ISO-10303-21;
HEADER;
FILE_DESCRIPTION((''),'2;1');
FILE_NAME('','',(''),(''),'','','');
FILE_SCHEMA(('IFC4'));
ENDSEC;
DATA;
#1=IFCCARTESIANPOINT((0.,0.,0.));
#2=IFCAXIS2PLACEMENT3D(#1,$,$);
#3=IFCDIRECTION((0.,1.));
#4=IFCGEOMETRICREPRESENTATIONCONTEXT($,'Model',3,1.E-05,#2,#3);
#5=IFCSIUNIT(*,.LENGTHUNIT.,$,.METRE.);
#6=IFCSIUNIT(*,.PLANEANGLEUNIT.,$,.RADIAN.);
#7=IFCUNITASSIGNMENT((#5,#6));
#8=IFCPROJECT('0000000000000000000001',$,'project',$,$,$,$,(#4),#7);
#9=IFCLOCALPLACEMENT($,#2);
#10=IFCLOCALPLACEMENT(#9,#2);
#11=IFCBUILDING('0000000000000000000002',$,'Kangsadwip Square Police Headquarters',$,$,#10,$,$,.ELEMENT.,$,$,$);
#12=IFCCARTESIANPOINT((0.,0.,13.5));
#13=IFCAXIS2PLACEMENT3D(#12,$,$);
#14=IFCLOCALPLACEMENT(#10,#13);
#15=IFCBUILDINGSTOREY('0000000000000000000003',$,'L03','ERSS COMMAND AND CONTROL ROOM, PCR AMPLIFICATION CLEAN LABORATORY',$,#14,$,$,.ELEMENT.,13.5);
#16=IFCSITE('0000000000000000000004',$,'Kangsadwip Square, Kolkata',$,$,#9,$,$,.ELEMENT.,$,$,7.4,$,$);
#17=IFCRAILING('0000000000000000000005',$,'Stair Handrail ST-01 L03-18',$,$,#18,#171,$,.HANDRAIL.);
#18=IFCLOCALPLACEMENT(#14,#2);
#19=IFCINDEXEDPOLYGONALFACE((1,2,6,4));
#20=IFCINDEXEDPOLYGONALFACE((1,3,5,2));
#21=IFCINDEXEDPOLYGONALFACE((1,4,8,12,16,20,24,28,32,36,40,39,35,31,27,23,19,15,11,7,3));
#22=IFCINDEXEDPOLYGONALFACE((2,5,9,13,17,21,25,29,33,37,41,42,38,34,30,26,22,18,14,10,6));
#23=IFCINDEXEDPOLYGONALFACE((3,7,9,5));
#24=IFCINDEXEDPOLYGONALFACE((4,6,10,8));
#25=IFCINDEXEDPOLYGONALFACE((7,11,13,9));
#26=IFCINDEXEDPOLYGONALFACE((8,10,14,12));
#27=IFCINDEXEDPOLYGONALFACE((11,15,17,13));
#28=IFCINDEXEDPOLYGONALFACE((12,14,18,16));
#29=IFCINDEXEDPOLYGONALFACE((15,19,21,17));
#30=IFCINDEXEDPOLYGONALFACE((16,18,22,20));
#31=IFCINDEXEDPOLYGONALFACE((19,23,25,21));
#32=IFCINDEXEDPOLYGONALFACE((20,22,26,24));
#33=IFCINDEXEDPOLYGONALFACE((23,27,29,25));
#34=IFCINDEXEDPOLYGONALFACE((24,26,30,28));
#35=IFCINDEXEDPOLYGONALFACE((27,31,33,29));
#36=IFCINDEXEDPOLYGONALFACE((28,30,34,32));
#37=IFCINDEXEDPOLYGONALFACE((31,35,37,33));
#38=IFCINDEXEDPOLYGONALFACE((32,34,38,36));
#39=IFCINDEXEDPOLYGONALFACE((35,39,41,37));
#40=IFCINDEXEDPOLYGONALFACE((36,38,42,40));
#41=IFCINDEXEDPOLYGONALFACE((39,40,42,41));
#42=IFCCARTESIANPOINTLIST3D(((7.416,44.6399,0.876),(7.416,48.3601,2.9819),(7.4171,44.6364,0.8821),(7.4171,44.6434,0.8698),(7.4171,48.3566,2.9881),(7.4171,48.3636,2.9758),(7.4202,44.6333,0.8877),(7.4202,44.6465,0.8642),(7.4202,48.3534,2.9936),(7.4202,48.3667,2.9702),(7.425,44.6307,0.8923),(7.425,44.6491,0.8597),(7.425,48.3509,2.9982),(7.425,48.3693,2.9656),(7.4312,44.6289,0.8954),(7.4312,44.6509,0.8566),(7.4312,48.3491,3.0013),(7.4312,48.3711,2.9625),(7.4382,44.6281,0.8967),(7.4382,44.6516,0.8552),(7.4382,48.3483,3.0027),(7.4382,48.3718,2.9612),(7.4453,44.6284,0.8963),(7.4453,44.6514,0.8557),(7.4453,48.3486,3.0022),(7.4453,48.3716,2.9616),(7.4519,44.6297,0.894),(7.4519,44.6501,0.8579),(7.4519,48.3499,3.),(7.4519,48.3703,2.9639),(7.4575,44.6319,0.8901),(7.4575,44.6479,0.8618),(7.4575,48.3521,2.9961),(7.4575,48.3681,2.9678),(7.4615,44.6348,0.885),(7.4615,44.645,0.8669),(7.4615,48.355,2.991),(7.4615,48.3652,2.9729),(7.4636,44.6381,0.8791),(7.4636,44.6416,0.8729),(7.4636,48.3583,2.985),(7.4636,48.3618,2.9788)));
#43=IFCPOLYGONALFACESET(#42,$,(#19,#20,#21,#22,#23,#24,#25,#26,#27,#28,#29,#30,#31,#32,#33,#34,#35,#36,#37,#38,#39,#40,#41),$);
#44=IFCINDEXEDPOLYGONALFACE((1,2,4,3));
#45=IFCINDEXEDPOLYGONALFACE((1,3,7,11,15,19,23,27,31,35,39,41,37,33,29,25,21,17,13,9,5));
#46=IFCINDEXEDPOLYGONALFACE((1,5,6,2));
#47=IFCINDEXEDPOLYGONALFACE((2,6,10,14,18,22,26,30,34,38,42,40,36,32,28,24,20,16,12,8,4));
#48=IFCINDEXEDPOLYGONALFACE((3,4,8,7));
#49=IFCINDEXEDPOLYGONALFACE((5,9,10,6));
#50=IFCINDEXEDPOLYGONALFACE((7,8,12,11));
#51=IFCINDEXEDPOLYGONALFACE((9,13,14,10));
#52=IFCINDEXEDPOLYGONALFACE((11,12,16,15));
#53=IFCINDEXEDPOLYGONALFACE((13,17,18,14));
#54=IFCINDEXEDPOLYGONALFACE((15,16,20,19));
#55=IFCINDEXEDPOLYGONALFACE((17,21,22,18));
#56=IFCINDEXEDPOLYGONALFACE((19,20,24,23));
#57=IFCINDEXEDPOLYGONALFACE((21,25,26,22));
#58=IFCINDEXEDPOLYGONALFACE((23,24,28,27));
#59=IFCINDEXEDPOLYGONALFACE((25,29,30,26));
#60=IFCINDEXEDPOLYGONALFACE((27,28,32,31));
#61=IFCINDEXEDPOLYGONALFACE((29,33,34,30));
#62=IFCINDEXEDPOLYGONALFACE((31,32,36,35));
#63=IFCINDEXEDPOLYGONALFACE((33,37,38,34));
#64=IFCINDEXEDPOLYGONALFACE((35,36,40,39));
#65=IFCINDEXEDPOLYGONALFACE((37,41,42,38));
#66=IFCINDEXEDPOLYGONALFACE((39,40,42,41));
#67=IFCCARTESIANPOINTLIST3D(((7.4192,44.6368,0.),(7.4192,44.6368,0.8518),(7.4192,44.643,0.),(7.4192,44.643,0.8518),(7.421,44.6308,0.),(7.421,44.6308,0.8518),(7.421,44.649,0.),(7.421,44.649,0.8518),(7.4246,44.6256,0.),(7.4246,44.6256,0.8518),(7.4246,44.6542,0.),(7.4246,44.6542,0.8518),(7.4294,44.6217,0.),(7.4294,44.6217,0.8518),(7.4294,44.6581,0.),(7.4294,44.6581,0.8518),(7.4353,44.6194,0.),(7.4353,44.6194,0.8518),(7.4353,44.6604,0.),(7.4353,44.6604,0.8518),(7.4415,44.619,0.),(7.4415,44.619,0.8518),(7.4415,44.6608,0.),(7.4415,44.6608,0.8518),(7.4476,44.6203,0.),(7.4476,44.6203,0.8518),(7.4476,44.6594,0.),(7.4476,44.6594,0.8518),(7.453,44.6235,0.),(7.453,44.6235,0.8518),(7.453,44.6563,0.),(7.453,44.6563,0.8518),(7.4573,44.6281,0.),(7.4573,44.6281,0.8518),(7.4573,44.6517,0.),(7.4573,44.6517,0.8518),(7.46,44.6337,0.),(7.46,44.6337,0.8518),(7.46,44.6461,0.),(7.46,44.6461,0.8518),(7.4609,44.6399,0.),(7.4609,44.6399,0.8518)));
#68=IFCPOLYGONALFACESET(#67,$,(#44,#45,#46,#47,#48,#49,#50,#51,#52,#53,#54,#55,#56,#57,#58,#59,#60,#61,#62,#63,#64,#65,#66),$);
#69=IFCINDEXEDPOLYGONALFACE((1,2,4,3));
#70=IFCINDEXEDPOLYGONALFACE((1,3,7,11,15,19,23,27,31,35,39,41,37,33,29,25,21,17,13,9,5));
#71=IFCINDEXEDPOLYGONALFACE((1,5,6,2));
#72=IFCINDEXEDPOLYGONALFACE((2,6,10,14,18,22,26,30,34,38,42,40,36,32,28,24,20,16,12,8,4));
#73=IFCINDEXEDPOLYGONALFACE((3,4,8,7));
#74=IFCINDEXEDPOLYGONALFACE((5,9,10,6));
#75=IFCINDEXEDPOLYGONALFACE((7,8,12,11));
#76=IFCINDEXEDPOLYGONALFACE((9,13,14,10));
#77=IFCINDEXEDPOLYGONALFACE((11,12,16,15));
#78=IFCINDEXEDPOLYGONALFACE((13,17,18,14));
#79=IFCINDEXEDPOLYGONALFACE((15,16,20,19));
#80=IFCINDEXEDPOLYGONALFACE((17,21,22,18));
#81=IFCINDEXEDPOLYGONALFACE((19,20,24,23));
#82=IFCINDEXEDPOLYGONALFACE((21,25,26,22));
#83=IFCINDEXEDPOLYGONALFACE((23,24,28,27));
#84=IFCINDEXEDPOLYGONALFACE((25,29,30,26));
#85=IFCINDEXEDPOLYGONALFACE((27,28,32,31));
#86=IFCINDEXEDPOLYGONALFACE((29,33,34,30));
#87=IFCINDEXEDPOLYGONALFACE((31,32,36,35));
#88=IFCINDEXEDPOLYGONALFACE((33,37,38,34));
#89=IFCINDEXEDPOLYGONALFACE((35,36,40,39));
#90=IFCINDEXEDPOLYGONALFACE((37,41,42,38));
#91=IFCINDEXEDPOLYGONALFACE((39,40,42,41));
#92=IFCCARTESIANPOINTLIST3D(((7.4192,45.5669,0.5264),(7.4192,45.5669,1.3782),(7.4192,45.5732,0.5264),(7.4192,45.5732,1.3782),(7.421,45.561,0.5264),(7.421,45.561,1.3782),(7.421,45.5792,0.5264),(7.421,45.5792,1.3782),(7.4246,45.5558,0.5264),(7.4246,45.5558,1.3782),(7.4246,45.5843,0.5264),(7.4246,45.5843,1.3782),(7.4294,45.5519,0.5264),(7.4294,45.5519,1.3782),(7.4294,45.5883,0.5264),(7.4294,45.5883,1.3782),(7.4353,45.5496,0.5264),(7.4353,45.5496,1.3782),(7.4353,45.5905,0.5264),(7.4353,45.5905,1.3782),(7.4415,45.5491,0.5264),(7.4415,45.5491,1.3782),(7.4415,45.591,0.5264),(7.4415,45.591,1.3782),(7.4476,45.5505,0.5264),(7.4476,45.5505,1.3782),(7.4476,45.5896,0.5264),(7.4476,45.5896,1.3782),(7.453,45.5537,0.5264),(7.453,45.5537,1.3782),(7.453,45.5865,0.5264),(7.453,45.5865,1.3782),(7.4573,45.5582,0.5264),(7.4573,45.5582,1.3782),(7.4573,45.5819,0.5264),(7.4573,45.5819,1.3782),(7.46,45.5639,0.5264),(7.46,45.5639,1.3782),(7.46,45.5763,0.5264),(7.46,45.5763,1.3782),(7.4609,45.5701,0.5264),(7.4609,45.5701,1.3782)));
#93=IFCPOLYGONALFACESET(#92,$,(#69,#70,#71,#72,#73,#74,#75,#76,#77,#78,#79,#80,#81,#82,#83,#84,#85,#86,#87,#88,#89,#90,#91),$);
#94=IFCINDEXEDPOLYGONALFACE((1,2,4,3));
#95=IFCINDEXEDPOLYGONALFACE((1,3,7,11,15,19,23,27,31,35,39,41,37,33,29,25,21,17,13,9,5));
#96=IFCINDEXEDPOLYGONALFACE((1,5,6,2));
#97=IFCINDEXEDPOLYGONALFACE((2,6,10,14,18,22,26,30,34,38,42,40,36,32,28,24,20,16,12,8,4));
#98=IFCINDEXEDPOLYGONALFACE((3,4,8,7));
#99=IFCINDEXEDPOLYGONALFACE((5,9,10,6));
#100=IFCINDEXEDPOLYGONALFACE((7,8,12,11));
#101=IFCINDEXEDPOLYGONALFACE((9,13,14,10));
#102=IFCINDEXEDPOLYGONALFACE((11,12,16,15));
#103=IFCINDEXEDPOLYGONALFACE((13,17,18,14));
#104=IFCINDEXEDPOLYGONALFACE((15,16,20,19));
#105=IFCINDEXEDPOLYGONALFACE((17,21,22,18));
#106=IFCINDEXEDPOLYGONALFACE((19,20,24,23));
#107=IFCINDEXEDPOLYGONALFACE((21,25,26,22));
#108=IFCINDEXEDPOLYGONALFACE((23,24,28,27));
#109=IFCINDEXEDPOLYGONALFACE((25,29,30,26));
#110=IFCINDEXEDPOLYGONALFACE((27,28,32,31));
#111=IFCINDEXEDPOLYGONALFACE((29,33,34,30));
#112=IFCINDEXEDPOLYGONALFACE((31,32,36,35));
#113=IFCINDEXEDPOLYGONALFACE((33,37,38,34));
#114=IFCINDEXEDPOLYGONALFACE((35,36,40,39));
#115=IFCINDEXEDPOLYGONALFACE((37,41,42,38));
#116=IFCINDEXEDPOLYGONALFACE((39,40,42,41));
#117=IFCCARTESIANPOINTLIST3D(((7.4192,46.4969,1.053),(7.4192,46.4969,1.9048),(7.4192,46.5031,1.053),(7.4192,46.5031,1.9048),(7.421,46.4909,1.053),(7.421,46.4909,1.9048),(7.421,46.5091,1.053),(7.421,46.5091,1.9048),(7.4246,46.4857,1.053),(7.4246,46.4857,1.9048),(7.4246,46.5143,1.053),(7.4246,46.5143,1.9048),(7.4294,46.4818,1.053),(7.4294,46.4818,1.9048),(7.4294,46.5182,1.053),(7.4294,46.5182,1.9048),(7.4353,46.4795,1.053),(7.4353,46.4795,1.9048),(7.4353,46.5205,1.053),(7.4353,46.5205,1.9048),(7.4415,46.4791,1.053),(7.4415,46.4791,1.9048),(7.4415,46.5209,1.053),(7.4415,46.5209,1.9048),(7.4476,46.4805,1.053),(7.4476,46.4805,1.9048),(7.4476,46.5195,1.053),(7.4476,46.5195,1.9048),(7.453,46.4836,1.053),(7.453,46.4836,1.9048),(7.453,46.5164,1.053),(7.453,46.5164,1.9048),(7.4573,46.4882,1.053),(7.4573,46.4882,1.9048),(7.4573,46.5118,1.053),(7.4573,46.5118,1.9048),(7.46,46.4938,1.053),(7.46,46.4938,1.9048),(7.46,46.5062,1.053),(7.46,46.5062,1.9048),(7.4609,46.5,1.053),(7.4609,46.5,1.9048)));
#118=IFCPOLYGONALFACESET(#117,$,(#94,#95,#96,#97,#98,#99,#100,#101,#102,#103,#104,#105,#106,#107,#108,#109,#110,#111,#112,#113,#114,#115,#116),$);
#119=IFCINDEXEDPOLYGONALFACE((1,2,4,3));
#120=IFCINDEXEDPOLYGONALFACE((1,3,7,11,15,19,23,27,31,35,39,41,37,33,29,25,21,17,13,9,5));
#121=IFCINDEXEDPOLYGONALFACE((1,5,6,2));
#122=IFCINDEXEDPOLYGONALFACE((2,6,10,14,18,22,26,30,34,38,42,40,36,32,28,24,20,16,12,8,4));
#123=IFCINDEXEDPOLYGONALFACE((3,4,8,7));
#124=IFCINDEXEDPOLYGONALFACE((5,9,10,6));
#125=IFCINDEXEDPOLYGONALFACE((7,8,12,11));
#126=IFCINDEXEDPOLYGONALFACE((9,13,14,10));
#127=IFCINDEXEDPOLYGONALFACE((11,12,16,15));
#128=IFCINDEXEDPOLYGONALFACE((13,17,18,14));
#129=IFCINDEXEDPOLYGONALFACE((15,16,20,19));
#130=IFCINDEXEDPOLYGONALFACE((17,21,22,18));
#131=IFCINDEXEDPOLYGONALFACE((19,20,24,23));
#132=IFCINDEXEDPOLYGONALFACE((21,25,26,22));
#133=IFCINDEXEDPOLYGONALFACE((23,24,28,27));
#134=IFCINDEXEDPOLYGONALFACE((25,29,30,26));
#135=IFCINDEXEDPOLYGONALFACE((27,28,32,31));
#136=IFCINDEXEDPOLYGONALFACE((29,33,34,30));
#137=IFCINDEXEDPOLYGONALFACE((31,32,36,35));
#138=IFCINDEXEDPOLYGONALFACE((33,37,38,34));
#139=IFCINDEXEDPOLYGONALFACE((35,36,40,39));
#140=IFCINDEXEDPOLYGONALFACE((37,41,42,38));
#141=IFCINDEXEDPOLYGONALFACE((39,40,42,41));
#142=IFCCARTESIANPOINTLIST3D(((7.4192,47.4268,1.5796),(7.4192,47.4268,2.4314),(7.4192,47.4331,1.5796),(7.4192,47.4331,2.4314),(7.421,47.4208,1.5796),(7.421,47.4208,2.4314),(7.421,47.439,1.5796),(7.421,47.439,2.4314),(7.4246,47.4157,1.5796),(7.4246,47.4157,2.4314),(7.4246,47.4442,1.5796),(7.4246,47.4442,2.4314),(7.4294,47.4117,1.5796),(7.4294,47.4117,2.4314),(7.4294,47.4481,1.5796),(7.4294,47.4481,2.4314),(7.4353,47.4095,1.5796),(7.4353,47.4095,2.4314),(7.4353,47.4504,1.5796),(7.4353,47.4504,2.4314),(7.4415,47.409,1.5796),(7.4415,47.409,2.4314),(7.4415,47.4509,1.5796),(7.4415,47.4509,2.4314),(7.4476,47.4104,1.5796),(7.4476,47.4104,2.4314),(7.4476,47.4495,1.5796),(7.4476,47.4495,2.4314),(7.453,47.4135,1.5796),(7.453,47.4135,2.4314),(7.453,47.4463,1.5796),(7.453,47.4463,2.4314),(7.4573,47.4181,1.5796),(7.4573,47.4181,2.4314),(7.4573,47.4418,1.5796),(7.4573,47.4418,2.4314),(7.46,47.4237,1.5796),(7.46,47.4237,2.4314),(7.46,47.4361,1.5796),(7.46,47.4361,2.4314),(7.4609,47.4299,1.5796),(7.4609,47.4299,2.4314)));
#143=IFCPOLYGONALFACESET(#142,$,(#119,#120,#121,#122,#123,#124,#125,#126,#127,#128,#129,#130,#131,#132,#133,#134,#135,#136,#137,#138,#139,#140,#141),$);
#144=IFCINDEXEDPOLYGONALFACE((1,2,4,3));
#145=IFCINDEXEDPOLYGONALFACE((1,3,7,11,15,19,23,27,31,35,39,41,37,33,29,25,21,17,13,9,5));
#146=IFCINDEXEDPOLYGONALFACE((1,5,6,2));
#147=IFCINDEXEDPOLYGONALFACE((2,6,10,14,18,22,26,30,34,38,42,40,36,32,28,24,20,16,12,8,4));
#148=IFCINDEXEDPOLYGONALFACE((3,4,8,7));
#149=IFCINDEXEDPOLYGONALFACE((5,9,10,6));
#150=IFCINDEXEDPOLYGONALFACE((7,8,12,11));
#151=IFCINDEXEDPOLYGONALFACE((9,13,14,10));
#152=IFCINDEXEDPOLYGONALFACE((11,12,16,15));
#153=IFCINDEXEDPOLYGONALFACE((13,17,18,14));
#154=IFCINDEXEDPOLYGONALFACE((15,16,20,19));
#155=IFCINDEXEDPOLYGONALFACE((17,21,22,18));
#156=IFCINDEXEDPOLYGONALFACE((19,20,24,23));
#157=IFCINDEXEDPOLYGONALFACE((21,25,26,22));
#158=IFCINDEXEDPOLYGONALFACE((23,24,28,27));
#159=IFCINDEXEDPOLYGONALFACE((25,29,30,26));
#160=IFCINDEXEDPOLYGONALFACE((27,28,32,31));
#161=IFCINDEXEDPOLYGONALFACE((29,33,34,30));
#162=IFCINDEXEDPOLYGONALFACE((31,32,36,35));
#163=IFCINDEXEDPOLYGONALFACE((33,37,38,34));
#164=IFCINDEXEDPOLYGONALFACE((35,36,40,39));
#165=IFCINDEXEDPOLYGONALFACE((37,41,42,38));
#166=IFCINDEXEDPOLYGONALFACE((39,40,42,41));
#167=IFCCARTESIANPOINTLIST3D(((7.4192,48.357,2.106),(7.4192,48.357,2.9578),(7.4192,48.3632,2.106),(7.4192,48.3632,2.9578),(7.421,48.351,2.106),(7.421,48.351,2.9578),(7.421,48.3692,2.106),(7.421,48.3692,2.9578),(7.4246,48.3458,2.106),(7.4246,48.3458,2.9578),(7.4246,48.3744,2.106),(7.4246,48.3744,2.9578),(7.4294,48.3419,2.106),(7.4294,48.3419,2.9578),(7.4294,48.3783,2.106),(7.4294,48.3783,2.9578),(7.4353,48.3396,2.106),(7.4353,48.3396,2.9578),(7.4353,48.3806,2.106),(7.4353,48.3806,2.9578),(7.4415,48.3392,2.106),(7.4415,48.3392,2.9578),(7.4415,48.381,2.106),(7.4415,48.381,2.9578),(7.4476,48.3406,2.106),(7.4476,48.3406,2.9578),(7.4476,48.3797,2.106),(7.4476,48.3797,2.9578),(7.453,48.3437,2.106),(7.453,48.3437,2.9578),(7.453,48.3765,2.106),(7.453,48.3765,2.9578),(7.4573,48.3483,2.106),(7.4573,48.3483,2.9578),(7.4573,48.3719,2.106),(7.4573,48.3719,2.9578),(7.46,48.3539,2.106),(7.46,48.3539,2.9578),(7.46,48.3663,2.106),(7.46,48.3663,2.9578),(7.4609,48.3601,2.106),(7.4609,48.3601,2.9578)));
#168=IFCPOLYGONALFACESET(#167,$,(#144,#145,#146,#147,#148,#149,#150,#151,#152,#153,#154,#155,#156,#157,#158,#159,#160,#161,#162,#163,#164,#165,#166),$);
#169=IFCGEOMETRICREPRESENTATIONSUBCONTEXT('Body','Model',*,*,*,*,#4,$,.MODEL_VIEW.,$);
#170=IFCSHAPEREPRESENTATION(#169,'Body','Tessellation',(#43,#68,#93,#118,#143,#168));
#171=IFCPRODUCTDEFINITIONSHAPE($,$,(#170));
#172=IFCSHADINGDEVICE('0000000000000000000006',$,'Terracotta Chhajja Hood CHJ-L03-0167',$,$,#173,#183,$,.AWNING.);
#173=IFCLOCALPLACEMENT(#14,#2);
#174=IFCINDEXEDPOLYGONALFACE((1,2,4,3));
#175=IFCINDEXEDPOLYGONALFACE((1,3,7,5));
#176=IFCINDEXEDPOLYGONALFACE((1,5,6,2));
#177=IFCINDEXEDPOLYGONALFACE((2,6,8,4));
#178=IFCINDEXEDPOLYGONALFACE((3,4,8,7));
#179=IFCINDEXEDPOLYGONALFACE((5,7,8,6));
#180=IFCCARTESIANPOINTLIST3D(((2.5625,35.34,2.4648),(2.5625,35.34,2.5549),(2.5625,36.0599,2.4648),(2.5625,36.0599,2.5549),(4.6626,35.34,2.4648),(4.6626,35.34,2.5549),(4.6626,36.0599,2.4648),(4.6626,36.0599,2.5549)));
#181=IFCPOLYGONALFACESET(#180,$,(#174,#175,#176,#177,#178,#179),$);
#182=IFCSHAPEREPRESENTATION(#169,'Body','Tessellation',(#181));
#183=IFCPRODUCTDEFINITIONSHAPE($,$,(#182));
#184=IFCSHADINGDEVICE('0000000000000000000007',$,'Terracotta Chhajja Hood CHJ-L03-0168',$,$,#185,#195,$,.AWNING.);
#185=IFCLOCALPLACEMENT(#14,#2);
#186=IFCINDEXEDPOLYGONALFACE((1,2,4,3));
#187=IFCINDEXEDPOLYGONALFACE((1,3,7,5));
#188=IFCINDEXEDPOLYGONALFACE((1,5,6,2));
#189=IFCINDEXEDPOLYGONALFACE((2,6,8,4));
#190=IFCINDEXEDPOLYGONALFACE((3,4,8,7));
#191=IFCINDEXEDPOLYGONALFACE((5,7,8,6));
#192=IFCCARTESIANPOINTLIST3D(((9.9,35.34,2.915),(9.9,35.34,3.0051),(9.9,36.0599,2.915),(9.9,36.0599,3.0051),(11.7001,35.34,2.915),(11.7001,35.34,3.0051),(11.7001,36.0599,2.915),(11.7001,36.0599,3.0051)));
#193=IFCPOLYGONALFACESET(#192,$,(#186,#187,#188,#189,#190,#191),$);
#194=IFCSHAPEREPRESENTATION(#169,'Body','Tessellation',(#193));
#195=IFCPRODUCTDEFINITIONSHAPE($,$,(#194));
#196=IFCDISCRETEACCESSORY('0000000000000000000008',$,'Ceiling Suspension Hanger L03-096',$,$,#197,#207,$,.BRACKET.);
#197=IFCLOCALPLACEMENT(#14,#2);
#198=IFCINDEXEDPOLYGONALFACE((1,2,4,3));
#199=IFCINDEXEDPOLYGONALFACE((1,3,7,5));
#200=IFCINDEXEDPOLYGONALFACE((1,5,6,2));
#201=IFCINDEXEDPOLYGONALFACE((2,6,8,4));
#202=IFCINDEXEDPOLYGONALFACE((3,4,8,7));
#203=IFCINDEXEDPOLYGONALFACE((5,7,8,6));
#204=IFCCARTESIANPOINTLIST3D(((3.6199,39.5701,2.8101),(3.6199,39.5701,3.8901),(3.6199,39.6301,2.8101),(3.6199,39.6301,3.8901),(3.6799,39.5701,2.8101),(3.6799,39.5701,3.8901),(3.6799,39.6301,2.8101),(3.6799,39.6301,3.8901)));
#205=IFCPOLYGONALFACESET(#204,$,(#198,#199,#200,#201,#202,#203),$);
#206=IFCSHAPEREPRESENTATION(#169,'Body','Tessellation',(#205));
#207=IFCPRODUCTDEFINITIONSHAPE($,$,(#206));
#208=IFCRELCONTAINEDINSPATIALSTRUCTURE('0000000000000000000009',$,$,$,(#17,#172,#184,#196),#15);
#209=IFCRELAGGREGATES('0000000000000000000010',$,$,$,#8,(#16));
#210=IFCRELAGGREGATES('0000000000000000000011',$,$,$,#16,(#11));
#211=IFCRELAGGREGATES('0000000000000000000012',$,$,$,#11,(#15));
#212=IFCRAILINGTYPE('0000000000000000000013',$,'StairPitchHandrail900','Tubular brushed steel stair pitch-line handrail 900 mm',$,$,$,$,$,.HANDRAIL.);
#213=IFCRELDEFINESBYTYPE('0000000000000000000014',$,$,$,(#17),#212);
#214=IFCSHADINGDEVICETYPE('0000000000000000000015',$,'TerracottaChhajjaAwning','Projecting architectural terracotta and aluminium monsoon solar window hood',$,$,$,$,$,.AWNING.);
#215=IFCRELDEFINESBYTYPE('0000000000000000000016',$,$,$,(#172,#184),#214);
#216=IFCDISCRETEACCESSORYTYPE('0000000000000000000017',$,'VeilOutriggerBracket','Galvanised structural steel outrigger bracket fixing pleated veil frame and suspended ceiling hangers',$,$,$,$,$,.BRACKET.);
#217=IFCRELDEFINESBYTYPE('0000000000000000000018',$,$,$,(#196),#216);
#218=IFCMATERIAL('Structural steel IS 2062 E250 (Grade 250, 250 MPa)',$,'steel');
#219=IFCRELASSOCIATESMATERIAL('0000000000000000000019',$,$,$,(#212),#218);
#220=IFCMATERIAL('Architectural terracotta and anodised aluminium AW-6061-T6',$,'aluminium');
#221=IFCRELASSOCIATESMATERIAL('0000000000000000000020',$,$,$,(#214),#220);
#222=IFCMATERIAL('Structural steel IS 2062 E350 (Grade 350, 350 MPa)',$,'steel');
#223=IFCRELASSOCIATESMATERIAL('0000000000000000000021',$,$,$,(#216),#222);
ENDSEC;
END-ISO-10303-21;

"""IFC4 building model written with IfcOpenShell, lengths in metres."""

from ifc_helpers import new_model, si_unit, direction, frame, origin, origin_2d, place, context, subcontext, project, spatial, rectangle, circle, extrude, material, type_object, element, save


model = new_model("IFC4")

# Units and contexts
model_context = context("Model", 3, precision=1e-05, world=origin(), true_north=direction((0.0, 1.0)))
body_context = subcontext(model_context, "Body", "Model", "MODEL_VIEW")
ifc_project = project(units=[si_unit("LENGTHUNIT", "METRE"), si_unit("PLANEANGLEUNIT", "RADIAN")], contexts=[model_context])

# Site, building, storey
site_placement = place(None, origin())
site = spatial("IfcSite", under=ifc_project, at=site_placement, Name="Kangsadwip Square, Kolkata", CompositionType="ELEMENT", RefElevation=7.4)
building_placement = place(site_placement, origin())
building = spatial("IfcBuilding", under=site, at=building_placement, Name="Kangsadwip Square Police Headquarters", CompositionType="ELEMENT")
storey_placement = place(building_placement, frame((0.0, 0.0, 13.5)))
storey = spatial("IfcBuildingStorey", under=building, at=storey_placement, Name="L03", Description="ERSS COMMAND AND CONTROL ROOM, PCR AMPLIFICATION CLEAN LABORATORY", CompositionType="ELEMENT", Elevation=13.5)

# Railing
ifc_material_1 = material(Name="Structural steel IS 2062 E250 (Grade 250, 250 MPa)", Category="steel")
railing_type_1 = type_object("IfcRailingType", Name="StairPitchHandrail900", Description="Tubular brushed steel stair pitch-line handrail 900 mm", PredefinedType="HANDRAIL", material=ifc_material_1)
railing_placement = place(storey_placement, frame((7.4399, 44.6399, 0.0)))
element("IfcRailing", 1, at=railing_placement, inside=storey, type_object=railing_type_1, Name="Stair Handrail ST-01 L03-18", PredefinedType="HANDRAIL", context=body_context, shape_type="SweptSolid", body=[
    extrude(circle(Radius=0.0239, at=origin_2d()), frame((0.0, 0.0, 0.876), z_axis=(0.0, 0.870239, 0.492629), x_axis=(-1.0, 0.0, 0.0)), (0.0, 0.0, 1.0), 4.2749),
    extrude(circle(Radius=0.021, at=origin_2d()), origin(), (0.0, 0.0, 1.0), 0.8518),
    extrude(circle(Radius=0.021, at=origin_2d()), frame((0.0, 0.9302, 0.5264)), (0.0, 0.0, 1.0), 0.8518),
    extrude(circle(Radius=0.021, at=origin_2d()), frame((0.0, 1.8601, 1.053)), (0.0, 0.0, 1.0), 0.8518),
    extrude(circle(Radius=0.021, at=origin_2d()), frame((0.0, 2.79, 1.5796)), (0.0, 0.0, 1.0), 0.8518),
    extrude(circle(Radius=0.021, at=origin_2d()), frame((0.0, 3.7202, 2.106)), (0.0, 0.0, 1.0), 0.8518),
])

# Shading devices
ifc_material_2 = material(Name="Architectural terracotta and anodised aluminium AW-6061-T6", Category="aluminium")
shading_device_type = type_object("IfcShadingDeviceType", Name="TerracottaChhajjaAwning", Description="Projecting architectural terracotta and aluminium monsoon solar window hood", PredefinedType="AWNING", material=ifc_material_2)
shading_device_1_placement = place(storey_placement, frame((3.6125, 35.7, 2.4648), z_axis=(0.0, 0.0, 1.0), x_axis=(1.0, 0.0, 0.0)))
element("IfcShadingDevice", 2, at=shading_device_1_placement, inside=storey, type_object=shading_device_type, Name="Terracotta Chhajja Hood CHJ-L03-0167", PredefinedType="AWNING", context=body_context, shape_type="SweptSolid", body=[
    extrude(rectangle(XDim=2.1001, YDim=0.72, at=origin_2d()), origin(), (0.0, 0.0, 1.0), 0.0901),
])
shading_device_2_placement = place(storey_placement, frame((10.8, 35.7, 2.915), z_axis=(0.0, 0.0, 1.0), x_axis=(1.0, 0.0, 0.0)))
element("IfcShadingDevice", 3, at=shading_device_2_placement, inside=storey, type_object=shading_device_type, Name="Terracotta Chhajja Hood CHJ-L03-0168", PredefinedType="AWNING", context=body_context, shape_type="SweptSolid", body=[
    extrude(rectangle(XDim=1.8, YDim=0.72, at=origin_2d()), origin(), (0.0, 0.0, 1.0), 0.0901),
])

# Discrete accessory
ifc_material_3 = material(Name="Structural steel IS 2062 E350 (Grade 350, 350 MPa)", Category="steel")
discrete_accessory_type = type_object("IfcDiscreteAccessoryType", Name="VeilOutriggerBracket", Description="Galvanised structural steel outrigger bracket fixing pleated veil frame and suspended ceiling hangers", PredefinedType="BRACKET", material=ifc_material_3)
for number, where, z_axis, x_axis, name in (
    (4, (3.6499, 39.6001, 2.8101), (0.0, 0.0, 1.0), (1.0, 0.0, 0.0), "Ceiling Suspension Hanger L03-096"),
):
    element("IfcDiscreteAccessory", number, at=place(storey_placement, frame(where, z_axis=z_axis, x_axis=x_axis)), inside=storey, type_object=discrete_accessory_type, Name=name, PredefinedType="BRACKET", context=body_context, shape_type="SweptSolid", body=[
        extrude(rectangle(XDim=0.0601, YDim=0.0601, at=origin_2d()), origin(), (0.0, 0.0, 1.0), 1.0801),
    ])

save(model, "model.ifc")
